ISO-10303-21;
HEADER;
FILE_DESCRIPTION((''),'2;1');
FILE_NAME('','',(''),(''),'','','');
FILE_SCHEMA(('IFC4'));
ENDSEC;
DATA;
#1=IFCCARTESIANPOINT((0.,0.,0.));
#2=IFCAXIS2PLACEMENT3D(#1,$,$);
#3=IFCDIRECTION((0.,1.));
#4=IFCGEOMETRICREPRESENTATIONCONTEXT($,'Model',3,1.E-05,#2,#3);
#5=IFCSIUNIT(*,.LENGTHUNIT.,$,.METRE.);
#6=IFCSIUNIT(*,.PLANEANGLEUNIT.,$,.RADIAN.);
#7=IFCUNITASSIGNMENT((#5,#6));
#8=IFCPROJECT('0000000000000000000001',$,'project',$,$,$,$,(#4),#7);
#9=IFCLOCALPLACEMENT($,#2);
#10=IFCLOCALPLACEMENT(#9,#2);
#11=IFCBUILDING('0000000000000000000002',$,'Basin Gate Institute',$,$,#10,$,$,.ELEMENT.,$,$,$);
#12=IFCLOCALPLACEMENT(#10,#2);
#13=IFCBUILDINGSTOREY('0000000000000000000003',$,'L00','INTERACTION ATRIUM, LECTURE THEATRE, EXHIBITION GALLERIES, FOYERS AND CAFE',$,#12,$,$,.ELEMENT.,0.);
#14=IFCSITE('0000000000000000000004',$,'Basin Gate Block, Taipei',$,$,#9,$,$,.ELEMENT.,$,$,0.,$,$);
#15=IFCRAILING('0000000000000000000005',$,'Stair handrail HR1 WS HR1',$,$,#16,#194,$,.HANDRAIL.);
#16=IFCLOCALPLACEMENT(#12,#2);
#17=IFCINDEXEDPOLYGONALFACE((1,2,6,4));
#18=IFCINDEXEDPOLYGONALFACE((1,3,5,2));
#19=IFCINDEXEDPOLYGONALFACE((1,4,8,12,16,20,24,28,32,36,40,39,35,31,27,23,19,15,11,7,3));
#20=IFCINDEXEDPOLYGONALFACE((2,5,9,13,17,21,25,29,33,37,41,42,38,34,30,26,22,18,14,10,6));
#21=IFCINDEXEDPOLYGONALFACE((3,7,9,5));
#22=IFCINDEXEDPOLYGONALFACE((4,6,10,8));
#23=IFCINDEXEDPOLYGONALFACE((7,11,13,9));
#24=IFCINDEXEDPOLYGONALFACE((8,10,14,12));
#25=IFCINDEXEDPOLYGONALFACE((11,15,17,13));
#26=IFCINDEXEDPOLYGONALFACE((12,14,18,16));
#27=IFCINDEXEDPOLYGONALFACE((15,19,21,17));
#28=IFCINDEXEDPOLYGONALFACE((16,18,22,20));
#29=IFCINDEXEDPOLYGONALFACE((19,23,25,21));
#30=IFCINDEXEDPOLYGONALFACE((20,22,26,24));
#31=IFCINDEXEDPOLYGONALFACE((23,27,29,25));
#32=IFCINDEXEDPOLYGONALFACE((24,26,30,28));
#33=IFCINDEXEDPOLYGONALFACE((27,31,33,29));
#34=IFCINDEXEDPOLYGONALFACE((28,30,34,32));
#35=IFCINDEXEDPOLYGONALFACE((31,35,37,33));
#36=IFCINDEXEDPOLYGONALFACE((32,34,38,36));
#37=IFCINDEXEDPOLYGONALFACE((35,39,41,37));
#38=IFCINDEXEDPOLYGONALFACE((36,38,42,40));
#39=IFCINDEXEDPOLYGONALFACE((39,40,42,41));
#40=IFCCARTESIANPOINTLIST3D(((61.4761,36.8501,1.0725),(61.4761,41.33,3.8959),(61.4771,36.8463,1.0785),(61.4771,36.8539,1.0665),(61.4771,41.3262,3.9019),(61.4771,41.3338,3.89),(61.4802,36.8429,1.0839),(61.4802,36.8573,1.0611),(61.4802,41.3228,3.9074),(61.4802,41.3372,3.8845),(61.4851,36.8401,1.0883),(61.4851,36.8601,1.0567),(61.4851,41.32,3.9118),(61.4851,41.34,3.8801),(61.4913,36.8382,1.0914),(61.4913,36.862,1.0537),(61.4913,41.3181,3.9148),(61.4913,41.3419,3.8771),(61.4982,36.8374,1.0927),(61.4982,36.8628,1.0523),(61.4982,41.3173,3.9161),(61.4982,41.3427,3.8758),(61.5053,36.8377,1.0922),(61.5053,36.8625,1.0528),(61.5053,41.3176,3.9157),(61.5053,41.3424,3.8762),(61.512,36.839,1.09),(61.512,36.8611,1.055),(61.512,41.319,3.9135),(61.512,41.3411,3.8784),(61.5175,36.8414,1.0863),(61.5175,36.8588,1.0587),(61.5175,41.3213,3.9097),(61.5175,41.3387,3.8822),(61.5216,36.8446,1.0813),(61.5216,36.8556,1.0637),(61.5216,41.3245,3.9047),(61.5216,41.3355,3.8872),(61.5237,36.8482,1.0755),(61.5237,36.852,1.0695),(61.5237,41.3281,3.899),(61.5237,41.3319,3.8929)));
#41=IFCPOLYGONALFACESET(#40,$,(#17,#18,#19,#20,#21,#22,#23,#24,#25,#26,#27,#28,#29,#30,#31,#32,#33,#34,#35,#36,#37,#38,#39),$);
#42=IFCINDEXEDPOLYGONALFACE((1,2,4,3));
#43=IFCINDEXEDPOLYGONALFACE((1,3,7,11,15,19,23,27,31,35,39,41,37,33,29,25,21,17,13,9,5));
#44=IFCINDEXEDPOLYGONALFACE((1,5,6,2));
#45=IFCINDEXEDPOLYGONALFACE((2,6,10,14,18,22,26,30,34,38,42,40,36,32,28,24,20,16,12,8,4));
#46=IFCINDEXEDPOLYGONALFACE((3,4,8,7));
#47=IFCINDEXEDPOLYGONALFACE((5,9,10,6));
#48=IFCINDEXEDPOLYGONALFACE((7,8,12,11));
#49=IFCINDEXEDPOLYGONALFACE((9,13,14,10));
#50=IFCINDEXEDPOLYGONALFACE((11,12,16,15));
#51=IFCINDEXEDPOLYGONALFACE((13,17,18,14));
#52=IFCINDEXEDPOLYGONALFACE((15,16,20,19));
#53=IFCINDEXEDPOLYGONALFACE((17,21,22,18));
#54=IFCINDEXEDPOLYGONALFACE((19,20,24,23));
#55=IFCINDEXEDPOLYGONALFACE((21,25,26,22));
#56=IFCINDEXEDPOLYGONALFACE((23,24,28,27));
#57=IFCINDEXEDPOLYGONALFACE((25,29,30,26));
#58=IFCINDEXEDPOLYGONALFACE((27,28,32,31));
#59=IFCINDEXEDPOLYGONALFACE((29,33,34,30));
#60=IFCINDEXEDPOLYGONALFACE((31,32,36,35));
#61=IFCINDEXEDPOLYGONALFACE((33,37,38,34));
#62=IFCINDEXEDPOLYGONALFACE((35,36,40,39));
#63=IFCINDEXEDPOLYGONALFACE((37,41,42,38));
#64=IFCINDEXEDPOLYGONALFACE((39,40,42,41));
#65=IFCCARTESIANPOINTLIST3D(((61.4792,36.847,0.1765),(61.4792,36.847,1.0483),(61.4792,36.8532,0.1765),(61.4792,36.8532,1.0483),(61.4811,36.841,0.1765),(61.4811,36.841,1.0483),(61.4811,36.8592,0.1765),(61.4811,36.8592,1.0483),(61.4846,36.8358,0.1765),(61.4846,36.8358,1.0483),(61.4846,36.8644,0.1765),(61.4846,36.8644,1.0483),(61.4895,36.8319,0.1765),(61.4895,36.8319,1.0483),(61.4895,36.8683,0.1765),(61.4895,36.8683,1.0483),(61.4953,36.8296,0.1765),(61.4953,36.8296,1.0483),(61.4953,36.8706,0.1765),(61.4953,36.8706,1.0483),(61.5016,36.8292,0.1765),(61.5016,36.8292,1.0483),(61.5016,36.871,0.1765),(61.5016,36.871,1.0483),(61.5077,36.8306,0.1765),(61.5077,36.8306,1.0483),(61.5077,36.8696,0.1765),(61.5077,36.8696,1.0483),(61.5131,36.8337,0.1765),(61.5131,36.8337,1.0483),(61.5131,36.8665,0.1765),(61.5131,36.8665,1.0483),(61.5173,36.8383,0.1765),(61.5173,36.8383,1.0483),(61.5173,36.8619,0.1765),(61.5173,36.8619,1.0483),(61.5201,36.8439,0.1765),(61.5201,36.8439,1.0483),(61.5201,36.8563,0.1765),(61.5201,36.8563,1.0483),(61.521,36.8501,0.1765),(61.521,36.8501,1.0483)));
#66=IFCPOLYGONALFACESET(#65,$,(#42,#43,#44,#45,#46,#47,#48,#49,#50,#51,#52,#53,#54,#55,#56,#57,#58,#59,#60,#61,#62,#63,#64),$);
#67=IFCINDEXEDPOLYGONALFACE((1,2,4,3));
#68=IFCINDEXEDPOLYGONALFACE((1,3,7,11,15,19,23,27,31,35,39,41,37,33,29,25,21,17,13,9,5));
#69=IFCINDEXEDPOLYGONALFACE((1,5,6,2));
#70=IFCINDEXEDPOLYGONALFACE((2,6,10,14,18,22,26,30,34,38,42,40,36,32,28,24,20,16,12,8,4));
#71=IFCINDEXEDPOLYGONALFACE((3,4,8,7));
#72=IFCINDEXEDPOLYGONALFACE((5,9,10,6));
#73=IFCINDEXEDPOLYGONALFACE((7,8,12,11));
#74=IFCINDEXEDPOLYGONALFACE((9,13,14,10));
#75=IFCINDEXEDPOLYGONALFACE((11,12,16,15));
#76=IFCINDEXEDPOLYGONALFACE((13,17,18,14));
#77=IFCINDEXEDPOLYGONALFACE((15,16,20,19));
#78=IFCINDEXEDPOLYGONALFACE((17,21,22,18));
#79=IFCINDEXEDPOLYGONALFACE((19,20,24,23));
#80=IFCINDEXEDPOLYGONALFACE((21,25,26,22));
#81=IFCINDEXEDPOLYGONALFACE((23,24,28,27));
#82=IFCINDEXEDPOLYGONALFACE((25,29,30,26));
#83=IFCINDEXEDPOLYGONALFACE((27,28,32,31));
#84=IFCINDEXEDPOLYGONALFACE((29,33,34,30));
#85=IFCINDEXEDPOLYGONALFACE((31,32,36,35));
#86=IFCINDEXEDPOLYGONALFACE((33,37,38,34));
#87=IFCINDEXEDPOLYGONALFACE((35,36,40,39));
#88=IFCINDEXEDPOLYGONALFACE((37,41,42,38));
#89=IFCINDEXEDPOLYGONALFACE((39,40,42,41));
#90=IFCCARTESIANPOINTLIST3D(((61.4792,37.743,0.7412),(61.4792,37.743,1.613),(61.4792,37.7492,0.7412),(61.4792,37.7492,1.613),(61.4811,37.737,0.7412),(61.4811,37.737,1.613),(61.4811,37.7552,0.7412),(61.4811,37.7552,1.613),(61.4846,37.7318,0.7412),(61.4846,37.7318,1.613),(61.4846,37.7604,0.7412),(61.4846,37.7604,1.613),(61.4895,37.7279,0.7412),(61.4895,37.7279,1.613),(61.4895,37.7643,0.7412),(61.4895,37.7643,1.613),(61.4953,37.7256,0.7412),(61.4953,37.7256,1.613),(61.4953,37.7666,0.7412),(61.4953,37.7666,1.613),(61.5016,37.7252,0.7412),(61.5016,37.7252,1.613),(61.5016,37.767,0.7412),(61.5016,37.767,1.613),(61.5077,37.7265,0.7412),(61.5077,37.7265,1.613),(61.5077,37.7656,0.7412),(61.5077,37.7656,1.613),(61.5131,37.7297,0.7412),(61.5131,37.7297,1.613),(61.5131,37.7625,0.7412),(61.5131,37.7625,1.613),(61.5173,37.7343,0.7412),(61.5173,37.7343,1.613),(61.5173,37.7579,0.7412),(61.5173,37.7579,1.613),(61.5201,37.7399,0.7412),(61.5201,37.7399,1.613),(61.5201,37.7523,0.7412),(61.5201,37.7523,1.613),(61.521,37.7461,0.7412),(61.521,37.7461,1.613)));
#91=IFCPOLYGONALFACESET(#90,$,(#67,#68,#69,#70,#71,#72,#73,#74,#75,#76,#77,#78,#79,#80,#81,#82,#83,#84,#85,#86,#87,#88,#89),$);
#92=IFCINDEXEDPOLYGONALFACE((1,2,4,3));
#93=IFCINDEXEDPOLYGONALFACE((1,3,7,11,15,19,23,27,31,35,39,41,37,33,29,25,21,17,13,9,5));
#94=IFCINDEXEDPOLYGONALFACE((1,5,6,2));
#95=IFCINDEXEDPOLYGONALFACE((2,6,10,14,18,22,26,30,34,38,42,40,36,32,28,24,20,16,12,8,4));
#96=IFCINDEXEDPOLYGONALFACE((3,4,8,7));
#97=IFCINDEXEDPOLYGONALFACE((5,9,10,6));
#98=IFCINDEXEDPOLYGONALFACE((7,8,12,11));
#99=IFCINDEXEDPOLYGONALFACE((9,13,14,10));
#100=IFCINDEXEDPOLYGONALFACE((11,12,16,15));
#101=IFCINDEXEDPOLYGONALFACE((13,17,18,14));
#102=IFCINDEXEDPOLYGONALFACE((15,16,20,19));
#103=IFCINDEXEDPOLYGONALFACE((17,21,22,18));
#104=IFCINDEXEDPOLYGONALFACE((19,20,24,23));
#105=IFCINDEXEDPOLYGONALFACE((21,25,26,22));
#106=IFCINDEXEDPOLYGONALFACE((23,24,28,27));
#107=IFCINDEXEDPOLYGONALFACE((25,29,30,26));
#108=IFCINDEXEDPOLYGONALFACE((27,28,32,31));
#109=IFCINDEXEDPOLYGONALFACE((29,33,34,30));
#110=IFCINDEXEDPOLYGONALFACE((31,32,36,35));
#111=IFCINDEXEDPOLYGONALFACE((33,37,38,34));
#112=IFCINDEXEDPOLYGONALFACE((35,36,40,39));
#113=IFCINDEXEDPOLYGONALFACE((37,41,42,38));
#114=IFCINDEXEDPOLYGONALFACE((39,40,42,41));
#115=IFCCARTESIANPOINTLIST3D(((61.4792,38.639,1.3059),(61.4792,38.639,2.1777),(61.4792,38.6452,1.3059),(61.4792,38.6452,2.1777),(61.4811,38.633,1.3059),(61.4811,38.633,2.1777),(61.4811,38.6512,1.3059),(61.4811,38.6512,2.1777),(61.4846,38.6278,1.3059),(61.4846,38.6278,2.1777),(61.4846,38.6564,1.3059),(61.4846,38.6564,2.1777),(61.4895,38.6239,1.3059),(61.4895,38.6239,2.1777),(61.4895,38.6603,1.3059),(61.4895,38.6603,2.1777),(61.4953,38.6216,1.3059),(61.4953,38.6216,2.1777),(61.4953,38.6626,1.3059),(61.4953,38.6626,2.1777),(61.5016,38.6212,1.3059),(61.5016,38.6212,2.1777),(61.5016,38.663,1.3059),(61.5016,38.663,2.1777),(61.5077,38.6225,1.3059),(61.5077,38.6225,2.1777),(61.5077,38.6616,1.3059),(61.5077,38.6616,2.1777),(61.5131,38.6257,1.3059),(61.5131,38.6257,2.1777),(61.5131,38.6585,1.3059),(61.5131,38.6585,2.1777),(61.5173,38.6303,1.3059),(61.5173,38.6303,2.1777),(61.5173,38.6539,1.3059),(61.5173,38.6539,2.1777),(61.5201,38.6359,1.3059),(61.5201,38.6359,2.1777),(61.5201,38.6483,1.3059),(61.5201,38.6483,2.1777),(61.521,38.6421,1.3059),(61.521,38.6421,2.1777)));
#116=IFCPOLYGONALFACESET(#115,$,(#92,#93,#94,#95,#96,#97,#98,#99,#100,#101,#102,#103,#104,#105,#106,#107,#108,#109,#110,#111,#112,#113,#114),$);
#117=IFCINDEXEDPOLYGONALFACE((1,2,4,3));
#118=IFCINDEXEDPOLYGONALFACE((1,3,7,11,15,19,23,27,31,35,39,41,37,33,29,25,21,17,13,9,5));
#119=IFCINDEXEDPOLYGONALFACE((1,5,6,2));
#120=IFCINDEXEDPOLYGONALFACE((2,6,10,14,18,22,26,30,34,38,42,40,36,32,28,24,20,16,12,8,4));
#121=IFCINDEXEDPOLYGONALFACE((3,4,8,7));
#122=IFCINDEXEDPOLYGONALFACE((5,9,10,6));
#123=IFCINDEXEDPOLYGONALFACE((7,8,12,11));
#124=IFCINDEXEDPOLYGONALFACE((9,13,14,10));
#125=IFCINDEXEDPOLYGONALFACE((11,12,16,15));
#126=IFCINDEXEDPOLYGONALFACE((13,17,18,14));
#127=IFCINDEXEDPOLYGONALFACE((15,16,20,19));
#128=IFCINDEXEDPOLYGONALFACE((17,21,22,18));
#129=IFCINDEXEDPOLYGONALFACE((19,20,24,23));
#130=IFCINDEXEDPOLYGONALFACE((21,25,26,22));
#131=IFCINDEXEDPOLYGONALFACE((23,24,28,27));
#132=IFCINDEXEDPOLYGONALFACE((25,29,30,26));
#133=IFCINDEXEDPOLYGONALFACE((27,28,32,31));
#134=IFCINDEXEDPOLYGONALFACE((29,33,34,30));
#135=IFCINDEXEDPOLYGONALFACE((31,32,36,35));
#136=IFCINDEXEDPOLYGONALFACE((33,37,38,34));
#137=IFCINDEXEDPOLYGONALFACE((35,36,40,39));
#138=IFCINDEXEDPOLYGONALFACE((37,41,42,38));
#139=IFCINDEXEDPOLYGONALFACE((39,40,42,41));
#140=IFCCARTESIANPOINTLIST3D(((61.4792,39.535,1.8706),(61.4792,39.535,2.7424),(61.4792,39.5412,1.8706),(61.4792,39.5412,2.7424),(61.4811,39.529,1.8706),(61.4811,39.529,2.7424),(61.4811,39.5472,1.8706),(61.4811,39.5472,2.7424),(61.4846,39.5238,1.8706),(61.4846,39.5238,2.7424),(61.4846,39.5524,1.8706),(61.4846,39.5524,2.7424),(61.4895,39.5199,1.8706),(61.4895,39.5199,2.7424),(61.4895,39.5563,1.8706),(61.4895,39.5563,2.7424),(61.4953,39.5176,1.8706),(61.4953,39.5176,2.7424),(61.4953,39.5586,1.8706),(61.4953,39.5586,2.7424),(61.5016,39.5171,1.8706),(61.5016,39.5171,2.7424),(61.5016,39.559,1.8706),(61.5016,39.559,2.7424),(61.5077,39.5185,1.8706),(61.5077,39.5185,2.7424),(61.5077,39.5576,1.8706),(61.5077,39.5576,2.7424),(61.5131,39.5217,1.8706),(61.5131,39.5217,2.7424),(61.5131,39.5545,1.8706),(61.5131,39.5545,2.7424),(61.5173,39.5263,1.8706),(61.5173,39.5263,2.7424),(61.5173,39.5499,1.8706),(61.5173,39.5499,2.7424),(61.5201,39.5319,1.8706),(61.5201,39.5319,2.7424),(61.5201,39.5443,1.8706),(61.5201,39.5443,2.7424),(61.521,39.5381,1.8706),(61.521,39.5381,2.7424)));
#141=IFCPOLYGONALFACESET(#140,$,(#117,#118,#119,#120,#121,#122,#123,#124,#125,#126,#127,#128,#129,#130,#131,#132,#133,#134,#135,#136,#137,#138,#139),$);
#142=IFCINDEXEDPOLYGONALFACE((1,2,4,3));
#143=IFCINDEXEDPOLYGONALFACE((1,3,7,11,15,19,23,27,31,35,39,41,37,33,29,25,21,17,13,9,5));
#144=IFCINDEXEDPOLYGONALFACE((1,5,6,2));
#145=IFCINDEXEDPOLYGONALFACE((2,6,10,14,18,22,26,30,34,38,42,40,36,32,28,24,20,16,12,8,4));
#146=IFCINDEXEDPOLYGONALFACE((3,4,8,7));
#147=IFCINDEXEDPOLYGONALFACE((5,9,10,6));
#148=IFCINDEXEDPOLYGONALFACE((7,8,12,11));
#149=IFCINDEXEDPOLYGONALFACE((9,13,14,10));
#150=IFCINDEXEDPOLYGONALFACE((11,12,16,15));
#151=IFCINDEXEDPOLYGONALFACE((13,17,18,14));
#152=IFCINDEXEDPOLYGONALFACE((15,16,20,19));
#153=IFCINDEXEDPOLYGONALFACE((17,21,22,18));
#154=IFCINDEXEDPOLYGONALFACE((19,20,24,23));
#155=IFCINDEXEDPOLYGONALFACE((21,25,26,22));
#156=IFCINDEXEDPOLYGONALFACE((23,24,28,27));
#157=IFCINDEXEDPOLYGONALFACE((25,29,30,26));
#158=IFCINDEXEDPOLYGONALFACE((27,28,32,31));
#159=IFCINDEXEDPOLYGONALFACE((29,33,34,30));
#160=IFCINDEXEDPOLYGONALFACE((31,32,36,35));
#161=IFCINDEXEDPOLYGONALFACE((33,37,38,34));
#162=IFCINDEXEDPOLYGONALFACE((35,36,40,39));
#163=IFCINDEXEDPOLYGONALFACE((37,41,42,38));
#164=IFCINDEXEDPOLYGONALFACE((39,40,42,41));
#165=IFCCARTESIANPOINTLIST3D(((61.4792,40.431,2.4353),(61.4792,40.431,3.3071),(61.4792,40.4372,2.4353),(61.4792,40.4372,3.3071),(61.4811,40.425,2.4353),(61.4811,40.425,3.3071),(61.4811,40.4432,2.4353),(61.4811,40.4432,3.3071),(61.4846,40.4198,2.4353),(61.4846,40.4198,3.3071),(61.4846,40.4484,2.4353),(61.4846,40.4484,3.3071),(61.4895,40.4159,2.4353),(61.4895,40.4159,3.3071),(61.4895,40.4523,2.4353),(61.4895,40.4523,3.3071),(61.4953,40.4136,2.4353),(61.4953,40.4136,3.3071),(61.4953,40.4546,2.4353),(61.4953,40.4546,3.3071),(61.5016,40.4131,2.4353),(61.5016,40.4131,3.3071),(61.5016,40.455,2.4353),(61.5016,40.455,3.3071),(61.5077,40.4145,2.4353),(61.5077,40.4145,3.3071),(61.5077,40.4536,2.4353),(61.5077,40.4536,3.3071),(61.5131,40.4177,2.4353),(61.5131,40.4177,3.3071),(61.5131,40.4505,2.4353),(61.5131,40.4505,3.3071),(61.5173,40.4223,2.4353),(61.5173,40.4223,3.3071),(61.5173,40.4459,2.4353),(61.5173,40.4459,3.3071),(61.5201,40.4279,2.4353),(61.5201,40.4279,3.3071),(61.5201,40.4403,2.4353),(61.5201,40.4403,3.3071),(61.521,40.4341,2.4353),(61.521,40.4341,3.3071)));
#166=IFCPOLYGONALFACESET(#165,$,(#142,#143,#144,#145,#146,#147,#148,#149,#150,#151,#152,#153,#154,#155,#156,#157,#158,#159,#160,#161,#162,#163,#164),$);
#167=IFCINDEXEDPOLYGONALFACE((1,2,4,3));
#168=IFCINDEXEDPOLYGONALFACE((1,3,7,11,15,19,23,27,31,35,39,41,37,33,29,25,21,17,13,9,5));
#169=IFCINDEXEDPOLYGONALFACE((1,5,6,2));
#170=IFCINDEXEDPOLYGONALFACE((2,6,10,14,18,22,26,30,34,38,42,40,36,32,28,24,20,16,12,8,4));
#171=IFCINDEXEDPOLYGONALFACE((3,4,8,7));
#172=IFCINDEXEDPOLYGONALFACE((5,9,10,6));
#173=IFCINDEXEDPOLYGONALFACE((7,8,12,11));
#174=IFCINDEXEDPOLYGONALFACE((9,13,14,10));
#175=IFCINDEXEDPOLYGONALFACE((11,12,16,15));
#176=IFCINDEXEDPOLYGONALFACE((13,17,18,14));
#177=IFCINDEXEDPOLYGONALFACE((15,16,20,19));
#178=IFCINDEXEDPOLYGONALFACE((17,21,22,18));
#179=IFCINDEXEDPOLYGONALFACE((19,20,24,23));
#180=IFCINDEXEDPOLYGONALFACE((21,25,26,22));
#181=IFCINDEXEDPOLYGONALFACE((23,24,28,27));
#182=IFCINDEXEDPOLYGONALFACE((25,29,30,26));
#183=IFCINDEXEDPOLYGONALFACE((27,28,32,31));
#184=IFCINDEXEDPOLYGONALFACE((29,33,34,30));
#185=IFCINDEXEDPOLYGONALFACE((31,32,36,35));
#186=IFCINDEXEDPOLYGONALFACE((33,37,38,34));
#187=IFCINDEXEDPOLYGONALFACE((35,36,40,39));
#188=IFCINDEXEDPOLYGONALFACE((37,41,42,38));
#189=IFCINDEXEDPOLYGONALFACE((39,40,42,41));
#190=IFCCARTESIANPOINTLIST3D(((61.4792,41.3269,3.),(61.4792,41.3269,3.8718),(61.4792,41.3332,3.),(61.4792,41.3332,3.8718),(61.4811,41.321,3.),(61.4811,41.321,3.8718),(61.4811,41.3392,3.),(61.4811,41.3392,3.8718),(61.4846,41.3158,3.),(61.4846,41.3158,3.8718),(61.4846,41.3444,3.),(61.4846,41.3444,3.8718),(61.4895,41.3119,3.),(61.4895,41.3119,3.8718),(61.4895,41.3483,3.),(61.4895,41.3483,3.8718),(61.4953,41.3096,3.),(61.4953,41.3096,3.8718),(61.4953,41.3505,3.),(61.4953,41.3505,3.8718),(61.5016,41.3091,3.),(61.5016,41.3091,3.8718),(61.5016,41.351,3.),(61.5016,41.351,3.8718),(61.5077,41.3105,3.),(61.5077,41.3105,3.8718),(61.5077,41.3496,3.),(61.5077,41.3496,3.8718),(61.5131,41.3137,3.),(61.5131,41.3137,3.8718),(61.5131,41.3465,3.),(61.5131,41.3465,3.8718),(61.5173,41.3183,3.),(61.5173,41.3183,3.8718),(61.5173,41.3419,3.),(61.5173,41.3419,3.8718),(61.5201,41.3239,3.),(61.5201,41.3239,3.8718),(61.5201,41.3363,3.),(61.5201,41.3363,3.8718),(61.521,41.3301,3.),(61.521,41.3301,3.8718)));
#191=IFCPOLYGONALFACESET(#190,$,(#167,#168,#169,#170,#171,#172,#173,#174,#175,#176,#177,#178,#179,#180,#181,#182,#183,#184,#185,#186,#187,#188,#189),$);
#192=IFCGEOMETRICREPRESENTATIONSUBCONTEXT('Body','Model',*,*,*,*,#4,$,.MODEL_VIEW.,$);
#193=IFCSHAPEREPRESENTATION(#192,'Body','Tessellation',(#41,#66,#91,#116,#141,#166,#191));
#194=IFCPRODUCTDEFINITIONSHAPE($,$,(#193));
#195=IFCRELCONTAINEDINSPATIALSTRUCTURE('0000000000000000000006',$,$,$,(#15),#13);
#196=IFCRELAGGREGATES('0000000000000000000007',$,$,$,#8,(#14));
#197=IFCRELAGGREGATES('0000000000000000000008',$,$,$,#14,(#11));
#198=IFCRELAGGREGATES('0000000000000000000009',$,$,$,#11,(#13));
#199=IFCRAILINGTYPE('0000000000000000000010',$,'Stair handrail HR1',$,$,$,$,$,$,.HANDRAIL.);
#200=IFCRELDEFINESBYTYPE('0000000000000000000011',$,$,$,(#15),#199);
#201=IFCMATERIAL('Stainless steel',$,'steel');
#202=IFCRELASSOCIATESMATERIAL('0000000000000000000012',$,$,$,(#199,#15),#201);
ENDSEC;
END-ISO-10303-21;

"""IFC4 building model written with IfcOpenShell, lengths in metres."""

from ifc_helpers import new_model, si_unit, direction, frame, origin, origin_2d, place, context, subcontext, project, spatial, circle, extrude, material, type_object, element, save


model = new_model("IFC4")

# Units and contexts
model_context = context("Model", 3, precision=1e-05, world=origin(), true_north=direction((0.0, 1.0)))
body_context = subcontext(model_context, "Body", "Model", "MODEL_VIEW")
ifc_project = project(units=[si_unit("LENGTHUNIT", "METRE"), si_unit("PLANEANGLEUNIT", "RADIAN")], contexts=[model_context])

# Site, building, storey
site_placement = place(None, origin())
site = spatial("IfcSite", under=ifc_project, at=site_placement, Name="Basin Gate Block, Taipei", CompositionType="ELEMENT", RefElevation=0.0)
building_placement = place(site_placement, origin())
building = spatial("IfcBuilding", under=site, at=building_placement, Name="Basin Gate Institute", CompositionType="ELEMENT")
storey_placement = place(building_placement, origin())
storey = spatial("IfcBuildingStorey", under=building, at=storey_placement, Name="L00", Description="INTERACTION ATRIUM, LECTURE THEATRE, EXHIBITION GALLERIES, FOYERS AND CAFE", CompositionType="ELEMENT", Elevation=0.0)

# Railing
ifc_material_1 = material(Name="Stainless steel", Category="steel")
railing_type_1 = type_object("IfcRailingType", Name="Stair handrail HR1", PredefinedType="HANDRAIL", material=ifc_material_1)
for number, where, name in (
    (1, (61.5, 36.8501, 0.1765), "Stair handrail HR1 WS HR1"),
):
    element("IfcRailing", number, at=place(storey_placement, frame(where)), inside=storey, type_object=railing_type_1, material=ifc_material_1, Name=name, PredefinedType="HANDRAIL", context=body_context, shape_type="SweptSolid", body=[
        extrude(circle(Radius=0.0239, at=origin_2d()), frame((0.0, 0.0, 0.896), z_axis=(0.0, 0.845998, 0.533186), x_axis=(-1.0, 0.0, 0.0)), (0.0, 0.0, 1.0), 5.2954),
        extrude(circle(Radius=0.021, at=origin_2d()), origin(), (0.0, 0.0, 1.0), 0.8718),
        extrude(circle(Radius=0.021, at=origin_2d()), frame((0.0, 0.896, 0.5647)), (0.0, 0.0, 1.0), 0.8718),
        extrude(circle(Radius=0.021, at=origin_2d()), frame((0.0, 1.792, 1.1294)), (0.0, 0.0, 1.0), 0.8718),
        extrude(circle(Radius=0.021, at=origin_2d()), frame((0.0, 2.688, 1.6941)), (0.0, 0.0, 1.0), 0.8718),
        extrude(circle(Radius=0.021, at=origin_2d()), frame((0.0, 3.584, 2.2588)), (0.0, 0.0, 1.0), 0.8718),
        extrude(circle(Radius=0.021, at=origin_2d()), frame((0.0, 4.48, 2.8235)), (0.0, 0.0, 1.0), 0.8718),
    ])

save(model, "model.ifc")
